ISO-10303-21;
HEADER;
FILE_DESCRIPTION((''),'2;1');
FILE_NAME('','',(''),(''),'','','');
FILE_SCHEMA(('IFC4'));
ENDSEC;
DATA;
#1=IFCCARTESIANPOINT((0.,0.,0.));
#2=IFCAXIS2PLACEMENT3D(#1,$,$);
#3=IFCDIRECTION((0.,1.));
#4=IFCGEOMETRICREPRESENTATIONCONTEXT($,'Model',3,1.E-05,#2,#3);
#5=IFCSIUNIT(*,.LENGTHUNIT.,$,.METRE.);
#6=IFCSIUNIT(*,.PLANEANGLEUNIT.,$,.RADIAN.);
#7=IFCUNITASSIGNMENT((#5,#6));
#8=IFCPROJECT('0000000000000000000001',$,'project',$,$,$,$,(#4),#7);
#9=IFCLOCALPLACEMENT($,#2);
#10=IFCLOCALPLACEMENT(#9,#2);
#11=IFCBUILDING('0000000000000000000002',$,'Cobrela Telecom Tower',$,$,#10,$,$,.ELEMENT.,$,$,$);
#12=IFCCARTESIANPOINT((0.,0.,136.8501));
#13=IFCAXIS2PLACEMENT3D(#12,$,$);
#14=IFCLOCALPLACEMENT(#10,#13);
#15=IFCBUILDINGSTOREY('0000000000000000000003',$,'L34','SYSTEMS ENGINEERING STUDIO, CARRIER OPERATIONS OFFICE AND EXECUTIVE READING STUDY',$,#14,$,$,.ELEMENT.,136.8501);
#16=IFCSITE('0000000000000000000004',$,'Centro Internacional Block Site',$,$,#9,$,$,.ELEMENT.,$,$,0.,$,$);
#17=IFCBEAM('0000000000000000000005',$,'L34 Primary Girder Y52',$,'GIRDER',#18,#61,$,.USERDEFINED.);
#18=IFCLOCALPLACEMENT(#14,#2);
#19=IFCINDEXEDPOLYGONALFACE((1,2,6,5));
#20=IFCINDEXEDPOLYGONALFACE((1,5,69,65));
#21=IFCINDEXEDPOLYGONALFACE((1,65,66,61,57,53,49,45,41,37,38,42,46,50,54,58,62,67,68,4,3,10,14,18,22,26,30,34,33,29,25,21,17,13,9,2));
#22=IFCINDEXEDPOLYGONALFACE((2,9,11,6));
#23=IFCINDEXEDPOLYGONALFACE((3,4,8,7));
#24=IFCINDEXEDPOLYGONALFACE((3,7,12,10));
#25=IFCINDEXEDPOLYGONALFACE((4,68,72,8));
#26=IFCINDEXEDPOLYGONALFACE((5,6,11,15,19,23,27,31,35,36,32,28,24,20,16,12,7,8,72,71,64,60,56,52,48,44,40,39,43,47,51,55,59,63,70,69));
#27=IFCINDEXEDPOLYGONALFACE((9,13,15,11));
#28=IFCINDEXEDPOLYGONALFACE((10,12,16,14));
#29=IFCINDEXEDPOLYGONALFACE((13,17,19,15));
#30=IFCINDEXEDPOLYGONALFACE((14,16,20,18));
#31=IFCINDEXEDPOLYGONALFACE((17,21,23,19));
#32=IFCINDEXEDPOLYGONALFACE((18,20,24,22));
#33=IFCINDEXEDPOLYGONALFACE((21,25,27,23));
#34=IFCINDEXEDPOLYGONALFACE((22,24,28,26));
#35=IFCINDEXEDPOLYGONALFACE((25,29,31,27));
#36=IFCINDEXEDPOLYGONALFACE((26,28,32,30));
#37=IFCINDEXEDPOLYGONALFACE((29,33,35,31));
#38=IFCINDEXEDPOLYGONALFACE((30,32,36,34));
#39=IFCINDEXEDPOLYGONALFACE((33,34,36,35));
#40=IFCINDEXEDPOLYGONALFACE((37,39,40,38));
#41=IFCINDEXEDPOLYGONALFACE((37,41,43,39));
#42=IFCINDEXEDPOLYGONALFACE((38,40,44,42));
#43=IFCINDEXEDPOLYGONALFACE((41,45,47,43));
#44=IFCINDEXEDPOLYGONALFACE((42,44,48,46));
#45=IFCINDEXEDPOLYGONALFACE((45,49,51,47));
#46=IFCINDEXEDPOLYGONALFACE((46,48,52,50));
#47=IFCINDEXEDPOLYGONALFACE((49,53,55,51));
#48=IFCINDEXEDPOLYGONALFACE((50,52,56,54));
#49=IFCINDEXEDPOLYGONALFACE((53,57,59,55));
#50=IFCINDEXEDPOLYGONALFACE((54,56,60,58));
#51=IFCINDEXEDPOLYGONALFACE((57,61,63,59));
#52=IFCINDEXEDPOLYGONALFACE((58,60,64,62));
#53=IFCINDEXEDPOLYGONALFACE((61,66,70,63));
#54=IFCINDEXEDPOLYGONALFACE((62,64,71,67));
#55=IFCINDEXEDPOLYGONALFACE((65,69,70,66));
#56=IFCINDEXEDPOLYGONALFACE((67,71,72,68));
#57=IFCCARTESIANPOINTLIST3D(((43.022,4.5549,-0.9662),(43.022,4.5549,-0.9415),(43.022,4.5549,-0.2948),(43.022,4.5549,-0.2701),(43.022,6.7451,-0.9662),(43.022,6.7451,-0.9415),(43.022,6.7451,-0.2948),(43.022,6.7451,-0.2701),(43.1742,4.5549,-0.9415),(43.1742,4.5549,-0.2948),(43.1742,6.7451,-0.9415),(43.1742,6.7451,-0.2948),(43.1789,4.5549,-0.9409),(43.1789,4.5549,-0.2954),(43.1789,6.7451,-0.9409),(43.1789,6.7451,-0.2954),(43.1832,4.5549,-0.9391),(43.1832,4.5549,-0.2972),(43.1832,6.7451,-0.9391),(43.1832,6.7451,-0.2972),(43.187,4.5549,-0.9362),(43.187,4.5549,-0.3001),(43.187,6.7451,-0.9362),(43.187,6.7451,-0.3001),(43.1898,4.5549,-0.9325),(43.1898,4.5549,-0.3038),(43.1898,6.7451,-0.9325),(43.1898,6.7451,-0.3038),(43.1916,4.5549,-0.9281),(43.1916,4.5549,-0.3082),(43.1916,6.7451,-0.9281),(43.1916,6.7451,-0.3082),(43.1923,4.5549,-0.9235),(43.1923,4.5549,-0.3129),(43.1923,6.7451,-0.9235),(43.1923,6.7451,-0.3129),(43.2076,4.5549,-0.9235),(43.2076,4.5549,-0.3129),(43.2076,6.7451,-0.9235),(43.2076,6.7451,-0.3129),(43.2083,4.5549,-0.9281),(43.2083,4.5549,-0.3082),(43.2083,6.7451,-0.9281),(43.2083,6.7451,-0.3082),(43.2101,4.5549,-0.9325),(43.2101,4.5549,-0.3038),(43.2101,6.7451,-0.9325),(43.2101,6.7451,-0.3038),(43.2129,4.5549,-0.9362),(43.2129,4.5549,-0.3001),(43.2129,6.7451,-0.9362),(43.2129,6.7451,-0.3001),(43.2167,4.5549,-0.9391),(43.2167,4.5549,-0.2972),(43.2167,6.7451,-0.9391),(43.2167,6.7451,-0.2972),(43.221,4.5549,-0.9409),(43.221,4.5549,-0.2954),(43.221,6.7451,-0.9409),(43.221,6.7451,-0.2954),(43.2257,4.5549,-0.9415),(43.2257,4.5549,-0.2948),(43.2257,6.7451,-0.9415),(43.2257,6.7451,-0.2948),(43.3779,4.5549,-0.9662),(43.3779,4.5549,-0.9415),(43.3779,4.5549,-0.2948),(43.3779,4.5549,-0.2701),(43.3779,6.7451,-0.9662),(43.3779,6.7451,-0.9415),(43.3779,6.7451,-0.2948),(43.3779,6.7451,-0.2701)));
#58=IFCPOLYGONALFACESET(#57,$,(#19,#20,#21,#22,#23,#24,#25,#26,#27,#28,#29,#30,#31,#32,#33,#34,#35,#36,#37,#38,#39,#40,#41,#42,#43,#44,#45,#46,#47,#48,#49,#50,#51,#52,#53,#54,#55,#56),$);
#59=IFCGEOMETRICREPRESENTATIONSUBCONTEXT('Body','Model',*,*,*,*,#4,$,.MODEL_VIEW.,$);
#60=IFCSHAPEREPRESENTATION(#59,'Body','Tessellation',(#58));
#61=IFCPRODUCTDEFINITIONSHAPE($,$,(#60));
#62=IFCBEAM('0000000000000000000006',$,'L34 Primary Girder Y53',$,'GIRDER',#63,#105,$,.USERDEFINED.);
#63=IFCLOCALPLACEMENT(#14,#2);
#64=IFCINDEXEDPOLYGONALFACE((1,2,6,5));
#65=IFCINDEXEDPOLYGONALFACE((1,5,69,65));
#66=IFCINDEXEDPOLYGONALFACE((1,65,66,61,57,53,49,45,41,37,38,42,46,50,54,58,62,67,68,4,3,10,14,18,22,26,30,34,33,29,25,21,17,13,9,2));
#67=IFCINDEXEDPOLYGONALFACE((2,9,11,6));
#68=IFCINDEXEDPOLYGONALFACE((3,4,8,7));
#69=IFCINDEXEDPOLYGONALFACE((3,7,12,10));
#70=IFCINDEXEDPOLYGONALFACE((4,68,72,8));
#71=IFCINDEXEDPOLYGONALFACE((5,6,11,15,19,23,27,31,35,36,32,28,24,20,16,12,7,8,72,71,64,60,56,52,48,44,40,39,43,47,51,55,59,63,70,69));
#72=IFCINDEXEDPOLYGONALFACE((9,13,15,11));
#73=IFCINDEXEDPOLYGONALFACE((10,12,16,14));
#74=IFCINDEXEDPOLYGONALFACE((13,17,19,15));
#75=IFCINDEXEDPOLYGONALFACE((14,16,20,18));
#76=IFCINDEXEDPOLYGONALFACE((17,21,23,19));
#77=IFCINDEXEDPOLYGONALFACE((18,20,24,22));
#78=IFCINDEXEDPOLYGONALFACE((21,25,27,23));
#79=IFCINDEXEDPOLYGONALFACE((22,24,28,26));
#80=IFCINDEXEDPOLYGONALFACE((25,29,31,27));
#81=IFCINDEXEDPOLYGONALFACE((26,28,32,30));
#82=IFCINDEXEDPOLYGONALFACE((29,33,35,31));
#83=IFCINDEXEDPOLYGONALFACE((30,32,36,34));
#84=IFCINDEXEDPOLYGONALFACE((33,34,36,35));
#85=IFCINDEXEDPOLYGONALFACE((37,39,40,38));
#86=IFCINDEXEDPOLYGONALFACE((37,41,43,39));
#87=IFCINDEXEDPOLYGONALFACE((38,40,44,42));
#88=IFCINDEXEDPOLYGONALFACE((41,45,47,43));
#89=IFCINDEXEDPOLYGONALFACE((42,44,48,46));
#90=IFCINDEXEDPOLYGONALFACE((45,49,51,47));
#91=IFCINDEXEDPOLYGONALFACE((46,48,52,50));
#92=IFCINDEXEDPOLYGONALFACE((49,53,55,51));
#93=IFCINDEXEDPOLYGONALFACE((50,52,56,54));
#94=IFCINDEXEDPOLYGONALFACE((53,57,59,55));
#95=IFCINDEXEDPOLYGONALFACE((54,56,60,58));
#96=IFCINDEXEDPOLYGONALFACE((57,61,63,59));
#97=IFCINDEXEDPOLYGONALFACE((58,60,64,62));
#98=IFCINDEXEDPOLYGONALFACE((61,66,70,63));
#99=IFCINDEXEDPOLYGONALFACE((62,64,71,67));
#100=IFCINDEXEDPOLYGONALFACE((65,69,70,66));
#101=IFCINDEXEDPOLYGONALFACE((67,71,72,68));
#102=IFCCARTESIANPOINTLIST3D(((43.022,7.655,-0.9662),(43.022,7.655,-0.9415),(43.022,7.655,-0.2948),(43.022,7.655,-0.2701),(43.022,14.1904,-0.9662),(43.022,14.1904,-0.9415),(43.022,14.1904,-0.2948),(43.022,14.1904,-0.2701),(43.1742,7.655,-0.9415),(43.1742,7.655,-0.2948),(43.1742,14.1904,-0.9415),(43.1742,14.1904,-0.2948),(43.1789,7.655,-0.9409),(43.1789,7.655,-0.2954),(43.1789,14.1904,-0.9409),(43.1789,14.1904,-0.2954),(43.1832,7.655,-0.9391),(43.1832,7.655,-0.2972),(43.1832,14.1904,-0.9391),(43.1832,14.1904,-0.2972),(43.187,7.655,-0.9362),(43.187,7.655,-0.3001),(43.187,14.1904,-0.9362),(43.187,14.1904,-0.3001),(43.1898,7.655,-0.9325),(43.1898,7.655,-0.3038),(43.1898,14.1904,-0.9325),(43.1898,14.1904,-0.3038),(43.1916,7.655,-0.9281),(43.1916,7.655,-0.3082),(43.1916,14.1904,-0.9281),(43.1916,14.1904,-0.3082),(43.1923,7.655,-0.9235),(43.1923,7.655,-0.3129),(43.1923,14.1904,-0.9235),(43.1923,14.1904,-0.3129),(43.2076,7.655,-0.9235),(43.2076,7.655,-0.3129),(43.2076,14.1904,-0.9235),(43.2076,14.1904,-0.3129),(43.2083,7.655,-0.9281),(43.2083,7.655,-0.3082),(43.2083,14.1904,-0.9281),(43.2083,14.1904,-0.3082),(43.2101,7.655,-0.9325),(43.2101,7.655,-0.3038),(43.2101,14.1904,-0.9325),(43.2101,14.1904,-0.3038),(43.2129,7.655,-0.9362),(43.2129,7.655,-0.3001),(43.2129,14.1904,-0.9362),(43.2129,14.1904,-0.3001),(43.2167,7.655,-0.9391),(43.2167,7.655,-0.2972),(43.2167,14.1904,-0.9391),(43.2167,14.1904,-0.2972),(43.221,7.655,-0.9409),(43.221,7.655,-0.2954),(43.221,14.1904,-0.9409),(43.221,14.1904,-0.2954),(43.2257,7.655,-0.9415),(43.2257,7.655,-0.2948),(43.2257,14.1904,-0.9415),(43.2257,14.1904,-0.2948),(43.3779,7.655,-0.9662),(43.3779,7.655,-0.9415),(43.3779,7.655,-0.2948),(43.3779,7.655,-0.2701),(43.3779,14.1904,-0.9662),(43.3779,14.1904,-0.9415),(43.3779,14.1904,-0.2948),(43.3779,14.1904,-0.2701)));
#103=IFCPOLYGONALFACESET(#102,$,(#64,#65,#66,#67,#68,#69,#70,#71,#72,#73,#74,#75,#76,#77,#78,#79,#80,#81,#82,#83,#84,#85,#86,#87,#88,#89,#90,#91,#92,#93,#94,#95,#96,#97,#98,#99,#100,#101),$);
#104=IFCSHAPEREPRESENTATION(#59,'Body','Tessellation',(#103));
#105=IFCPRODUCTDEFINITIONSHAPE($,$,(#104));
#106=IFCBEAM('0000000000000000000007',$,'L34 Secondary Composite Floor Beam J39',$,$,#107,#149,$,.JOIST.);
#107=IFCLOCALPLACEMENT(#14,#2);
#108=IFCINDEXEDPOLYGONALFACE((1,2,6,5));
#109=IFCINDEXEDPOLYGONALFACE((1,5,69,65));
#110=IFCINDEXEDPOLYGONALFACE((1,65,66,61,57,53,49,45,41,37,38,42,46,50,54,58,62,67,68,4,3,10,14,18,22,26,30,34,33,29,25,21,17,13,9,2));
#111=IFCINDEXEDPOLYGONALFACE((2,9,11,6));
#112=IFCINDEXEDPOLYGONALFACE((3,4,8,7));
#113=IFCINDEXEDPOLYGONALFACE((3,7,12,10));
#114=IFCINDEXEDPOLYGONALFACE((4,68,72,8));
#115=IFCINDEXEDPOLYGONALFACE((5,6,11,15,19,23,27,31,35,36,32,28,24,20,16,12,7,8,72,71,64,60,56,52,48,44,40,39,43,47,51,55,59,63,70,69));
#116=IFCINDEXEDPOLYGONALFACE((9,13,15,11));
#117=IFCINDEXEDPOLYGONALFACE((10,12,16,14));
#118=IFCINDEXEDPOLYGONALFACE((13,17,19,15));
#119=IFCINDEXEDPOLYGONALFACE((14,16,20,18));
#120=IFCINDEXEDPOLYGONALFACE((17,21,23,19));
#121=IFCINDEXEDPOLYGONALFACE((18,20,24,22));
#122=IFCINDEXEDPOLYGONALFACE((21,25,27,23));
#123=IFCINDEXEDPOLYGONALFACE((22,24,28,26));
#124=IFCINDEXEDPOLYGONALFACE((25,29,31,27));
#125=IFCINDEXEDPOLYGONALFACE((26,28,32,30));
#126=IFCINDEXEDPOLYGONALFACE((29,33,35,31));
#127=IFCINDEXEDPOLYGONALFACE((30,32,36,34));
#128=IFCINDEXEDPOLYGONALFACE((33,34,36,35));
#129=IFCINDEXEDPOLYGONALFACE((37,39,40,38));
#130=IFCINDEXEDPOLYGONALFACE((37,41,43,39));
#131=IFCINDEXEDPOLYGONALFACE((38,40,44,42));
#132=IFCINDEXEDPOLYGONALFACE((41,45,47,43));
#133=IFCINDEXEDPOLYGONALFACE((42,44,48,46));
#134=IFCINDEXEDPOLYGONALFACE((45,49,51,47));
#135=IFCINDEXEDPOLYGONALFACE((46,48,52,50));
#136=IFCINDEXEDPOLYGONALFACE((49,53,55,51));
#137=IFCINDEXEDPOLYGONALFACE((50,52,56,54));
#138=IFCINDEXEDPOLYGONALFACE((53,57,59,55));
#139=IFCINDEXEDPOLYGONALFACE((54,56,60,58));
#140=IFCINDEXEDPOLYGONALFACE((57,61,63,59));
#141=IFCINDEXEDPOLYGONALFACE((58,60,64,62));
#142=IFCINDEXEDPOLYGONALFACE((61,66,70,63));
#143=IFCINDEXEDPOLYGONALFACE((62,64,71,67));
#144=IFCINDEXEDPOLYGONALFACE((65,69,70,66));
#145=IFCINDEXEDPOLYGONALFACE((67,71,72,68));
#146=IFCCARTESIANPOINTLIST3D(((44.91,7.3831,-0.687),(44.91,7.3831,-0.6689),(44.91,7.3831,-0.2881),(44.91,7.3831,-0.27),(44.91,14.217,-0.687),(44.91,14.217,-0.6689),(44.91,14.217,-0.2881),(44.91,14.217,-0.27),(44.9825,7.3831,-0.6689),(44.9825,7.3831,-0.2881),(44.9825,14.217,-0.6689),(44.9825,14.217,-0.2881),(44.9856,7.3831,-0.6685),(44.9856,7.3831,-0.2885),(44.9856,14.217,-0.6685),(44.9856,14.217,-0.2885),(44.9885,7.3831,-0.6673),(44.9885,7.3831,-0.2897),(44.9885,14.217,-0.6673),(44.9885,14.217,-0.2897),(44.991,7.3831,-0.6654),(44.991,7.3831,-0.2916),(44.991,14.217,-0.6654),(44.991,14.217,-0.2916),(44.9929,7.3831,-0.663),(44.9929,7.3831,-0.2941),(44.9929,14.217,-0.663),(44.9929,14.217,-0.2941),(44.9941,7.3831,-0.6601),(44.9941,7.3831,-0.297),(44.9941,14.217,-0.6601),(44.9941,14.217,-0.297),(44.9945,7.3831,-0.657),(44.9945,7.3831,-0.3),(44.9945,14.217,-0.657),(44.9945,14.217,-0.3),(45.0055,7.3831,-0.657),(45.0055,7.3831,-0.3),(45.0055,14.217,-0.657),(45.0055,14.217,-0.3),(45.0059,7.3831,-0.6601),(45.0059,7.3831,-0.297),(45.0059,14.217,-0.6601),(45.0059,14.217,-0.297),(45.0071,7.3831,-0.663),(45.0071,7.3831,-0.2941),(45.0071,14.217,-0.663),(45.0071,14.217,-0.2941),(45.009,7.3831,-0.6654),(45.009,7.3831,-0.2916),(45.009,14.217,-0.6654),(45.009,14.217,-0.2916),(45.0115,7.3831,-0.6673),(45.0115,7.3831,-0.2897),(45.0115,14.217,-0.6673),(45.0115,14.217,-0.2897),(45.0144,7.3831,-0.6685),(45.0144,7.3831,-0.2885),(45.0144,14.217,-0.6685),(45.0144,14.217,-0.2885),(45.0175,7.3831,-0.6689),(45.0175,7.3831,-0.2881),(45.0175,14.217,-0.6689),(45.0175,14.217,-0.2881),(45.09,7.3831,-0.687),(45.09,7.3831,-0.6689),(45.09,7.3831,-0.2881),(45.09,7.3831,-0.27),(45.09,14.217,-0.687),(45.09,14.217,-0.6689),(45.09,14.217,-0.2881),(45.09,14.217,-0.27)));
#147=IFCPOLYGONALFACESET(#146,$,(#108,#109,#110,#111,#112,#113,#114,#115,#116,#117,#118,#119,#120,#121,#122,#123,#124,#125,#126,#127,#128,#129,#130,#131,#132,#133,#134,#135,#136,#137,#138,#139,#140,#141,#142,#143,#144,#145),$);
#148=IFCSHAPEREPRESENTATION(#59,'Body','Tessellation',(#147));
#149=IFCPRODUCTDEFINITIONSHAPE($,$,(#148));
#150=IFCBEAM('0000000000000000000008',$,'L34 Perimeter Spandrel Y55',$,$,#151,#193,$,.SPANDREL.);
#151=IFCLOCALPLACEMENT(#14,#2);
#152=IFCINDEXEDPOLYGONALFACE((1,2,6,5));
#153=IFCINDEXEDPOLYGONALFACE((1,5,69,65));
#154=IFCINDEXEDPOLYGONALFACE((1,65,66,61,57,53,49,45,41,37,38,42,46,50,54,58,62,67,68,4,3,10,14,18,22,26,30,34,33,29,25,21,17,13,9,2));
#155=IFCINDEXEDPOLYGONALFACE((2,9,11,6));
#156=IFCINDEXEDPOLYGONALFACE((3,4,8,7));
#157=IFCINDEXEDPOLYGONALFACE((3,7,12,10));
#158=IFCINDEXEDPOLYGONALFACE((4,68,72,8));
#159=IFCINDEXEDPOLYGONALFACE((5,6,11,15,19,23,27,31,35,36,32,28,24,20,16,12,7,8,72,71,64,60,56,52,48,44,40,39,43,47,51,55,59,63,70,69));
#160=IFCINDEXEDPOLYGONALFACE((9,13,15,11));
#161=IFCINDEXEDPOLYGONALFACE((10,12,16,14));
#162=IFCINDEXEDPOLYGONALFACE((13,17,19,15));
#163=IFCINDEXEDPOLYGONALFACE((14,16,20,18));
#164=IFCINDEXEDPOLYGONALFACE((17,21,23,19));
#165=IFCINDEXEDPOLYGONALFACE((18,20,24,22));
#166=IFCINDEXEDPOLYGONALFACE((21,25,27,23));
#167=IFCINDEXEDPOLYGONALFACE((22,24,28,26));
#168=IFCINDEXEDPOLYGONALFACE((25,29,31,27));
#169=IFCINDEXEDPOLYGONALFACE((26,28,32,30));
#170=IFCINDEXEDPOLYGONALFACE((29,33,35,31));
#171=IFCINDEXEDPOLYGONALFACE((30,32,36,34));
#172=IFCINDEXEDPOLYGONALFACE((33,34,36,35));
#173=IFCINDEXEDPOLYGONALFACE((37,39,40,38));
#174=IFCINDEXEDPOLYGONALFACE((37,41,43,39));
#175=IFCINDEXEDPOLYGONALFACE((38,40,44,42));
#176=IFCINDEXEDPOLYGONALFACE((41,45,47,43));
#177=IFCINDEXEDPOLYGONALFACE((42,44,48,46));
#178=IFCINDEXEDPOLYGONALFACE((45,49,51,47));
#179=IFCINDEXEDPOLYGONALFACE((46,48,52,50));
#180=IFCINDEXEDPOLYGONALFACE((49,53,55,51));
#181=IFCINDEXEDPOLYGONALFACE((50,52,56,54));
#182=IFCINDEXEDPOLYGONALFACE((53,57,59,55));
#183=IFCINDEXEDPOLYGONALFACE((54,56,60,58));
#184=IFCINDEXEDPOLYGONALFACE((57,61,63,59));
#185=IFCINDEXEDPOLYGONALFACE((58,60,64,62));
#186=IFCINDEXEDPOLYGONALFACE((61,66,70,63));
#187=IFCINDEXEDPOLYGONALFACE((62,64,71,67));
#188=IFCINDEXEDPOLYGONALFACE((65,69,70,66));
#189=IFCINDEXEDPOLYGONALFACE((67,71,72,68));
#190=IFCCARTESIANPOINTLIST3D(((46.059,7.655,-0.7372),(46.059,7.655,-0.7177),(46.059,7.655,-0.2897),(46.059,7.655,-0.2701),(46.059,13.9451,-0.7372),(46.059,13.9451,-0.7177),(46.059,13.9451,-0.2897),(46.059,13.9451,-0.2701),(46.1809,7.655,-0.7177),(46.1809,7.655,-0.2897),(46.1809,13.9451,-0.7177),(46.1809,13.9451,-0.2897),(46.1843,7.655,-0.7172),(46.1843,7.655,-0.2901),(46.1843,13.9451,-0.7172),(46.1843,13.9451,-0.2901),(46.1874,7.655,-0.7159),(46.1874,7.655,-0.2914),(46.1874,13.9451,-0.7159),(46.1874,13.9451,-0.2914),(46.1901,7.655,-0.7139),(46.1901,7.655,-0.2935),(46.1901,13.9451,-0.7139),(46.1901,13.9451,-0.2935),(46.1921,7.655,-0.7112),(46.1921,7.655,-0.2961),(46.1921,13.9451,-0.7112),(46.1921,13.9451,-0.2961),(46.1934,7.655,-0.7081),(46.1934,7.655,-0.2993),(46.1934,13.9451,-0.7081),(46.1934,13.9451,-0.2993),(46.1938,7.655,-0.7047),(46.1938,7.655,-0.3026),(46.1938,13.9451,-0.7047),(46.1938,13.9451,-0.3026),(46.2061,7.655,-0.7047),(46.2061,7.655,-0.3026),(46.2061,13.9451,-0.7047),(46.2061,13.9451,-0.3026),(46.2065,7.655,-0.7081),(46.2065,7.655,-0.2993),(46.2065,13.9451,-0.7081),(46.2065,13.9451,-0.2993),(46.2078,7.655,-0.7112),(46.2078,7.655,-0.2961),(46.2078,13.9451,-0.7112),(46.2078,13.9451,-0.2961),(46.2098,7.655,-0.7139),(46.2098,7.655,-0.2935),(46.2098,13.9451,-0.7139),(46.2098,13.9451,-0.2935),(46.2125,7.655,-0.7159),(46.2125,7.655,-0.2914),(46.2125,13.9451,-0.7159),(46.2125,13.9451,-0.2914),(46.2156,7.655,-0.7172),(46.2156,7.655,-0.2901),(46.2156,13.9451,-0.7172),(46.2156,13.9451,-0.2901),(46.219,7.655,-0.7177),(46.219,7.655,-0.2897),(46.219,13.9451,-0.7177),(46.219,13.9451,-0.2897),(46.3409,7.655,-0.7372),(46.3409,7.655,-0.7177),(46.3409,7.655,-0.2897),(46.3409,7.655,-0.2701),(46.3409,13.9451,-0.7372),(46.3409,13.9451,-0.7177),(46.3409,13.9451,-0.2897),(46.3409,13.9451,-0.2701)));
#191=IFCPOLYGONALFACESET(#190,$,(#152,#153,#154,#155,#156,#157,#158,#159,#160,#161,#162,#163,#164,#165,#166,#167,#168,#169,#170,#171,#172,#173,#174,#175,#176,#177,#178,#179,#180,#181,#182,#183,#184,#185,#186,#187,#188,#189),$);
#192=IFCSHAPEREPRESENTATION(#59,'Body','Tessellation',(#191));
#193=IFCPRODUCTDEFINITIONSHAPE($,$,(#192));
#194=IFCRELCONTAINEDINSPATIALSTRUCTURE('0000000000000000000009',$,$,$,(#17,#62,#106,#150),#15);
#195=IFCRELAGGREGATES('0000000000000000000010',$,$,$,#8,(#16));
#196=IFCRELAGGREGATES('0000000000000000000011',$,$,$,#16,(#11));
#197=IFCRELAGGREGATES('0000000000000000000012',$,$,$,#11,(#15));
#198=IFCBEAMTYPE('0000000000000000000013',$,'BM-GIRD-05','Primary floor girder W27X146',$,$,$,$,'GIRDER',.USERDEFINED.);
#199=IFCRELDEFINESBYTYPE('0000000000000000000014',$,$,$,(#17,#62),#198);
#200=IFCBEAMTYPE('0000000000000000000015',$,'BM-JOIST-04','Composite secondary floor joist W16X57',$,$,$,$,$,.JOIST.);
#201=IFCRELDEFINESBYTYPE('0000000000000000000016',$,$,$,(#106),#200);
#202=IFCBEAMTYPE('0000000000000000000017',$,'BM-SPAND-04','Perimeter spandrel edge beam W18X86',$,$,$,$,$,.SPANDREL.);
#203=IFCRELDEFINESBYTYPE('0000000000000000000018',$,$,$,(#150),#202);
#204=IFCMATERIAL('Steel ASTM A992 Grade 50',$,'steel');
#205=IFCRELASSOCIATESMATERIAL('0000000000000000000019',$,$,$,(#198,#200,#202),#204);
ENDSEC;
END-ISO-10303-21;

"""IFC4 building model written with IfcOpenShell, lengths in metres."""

from ifc_helpers import new_model, si_unit, direction, frame, origin, origin_2d, place, context, subcontext, project, spatial, i_section, extrude, material, material_profile, profile_set, type_object, element, save


model = new_model("IFC4")

# Units and contexts
model_context = context("Model", 3, precision=1e-05, world=origin(), true_north=direction((0.0, 1.0)))
body_context = subcontext(model_context, "Body", "Model", "MODEL_VIEW")
ifc_project = project(units=[si_unit("LENGTHUNIT", "METRE"), si_unit("PLANEANGLEUNIT", "RADIAN")], contexts=[model_context])

# Site, building, storey
site_placement = place(None, origin())
site = spatial("IfcSite", under=ifc_project, at=site_placement, Name="Centro Internacional Block Site", CompositionType="ELEMENT", RefElevation=0.0)
building_placement = place(site_placement, origin())
building = spatial("IfcBuilding", under=site, at=building_placement, Name="Cobrela Telecom Tower", CompositionType="ELEMENT")
storey_placement = place(building_placement, frame((0.0, 0.0, 136.8501)))
storey = spatial("IfcBuildingStorey", under=building, at=storey_placement, Name="L34", Description="SYSTEMS ENGINEERING STUDIO, CARRIER OPERATIONS OFFICE AND EXECUTIVE READING STUDY", CompositionType="ELEMENT", Elevation=136.8501)

# Shared definitions
ifc_material_1 = material(Name="Steel ASTM A992 Grade 50", Category="steel")

# Beams
ifc_material_profile_1 = material_profile(ifc_material_1, i_section(OverallWidth=0.356, OverallDepth=0.696, WebThickness=0.0154, FlangeThickness=0.0247, FilletRadius=0.0181, at=origin_2d()), Name="W27X146")
ifc_profile_set_1 = profile_set([ifc_material_profile_1], Name="Steel ASTM A992 Grade 50")
beam_type_1 = type_object("IfcBeamType", Name="BM-GIRD-05", Description="Primary floor girder W27X146", ElementType="GIRDER", PredefinedType="USERDEFINED", material=ifc_profile_set_1)
beam_1_placement = place(storey_placement, frame((43.2, 4.5549, -0.6182), z_axis=(0.0, 1.0, 0.0), x_axis=(-1.0, 0.0, 0.0)))
element("IfcBeam", 1, at=beam_1_placement, inside=storey, type_object=beam_type_1, Name="L34 Primary Girder Y52", ObjectType="GIRDER", PredefinedType="USERDEFINED", context=body_context, shape_type="SweptSolid", body=[
    extrude(i_section(OverallWidth=0.356, OverallDepth=0.696, WebThickness=0.0154, FlangeThickness=0.0247, FilletRadius=0.0181, at=origin_2d()), origin(), (0.0, 0.0, 1.0), 2.1902),
])
beam_2_placement = place(storey_placement, frame((43.2, 7.655, -0.6182), z_axis=(0.0, 1.0, 0.0), x_axis=(-1.0, 0.0, 0.0)))
element("IfcBeam", 2, at=beam_2_placement, inside=storey, type_object=beam_type_1, Name="L34 Primary Girder Y53", ObjectType="GIRDER", PredefinedType="USERDEFINED", context=body_context, shape_type="SweptSolid", body=[
    extrude(i_section(OverallWidth=0.356, OverallDepth=0.696, WebThickness=0.0154, FlangeThickness=0.0247, FilletRadius=0.0181, at=origin_2d()), origin(), (0.0, 0.0, 1.0), 6.5354),
])
ifc_material_profile_2 = material_profile(ifc_material_1, i_section(OverallWidth=0.1799, OverallDepth=0.417, WebThickness=0.011, FlangeThickness=0.0181, FilletRadius=0.012, at=origin_2d()), Name="W16X57")
ifc_profile_set_2 = profile_set([ifc_material_profile_2], Name="Steel ASTM A992 Grade 50")
beam_type_2 = type_object("IfcBeamType", Name="BM-JOIST-04", Description="Composite secondary floor joist W16X57", PredefinedType="JOIST", material=ifc_profile_set_2)
beam_3_placement = place(storey_placement, frame((45.0, 7.3831, -0.4785), z_axis=(0.0, 1.0, 0.0), x_axis=(-1.0, 0.0, 0.0)))
element("IfcBeam", 3, at=beam_3_placement, inside=storey, type_object=beam_type_2, Name="L34 Secondary Composite Floor Beam J39", PredefinedType="JOIST", context=body_context, shape_type="SweptSolid", body=[
    extrude(i_section(OverallWidth=0.1799, OverallDepth=0.417, WebThickness=0.011, FlangeThickness=0.0181, FilletRadius=0.012, at=origin_2d()), origin(), (0.0, 0.0, 1.0), 6.834),
])
ifc_material_profile_3 = material_profile(ifc_material_1, i_section(OverallWidth=0.282, OverallDepth=0.467, WebThickness=0.0122, FlangeThickness=0.0195, FilletRadius=0.0129, at=origin_2d()), Name="W18X86")
ifc_profile_set_3 = profile_set([ifc_material_profile_3], Name="Steel ASTM A992 Grade 50")
beam_type_3 = type_object("IfcBeamType", Name="BM-SPAND-04", Description="Perimeter spandrel edge beam W18X86", PredefinedType="SPANDREL", material=ifc_profile_set_3)
beam_4_placement = place(storey_placement, frame((46.2, 7.655, -0.5037), z_axis=(0.0, 1.0, 0.0), x_axis=(-1.0, 0.0, 0.0)))
element("IfcBeam", 4, at=beam_4_placement, inside=storey, type_object=beam_type_3, Name="L34 Perimeter Spandrel Y55", PredefinedType="SPANDREL", context=body_context, shape_type="SweptSolid", body=[
    extrude(i_section(OverallWidth=0.282, OverallDepth=0.467, WebThickness=0.0122, FlangeThickness=0.0195, FilletRadius=0.0129, at=origin_2d()), origin(), (0.0, 0.0, 1.0), 6.29),
])

save(model, "model.ifc")
